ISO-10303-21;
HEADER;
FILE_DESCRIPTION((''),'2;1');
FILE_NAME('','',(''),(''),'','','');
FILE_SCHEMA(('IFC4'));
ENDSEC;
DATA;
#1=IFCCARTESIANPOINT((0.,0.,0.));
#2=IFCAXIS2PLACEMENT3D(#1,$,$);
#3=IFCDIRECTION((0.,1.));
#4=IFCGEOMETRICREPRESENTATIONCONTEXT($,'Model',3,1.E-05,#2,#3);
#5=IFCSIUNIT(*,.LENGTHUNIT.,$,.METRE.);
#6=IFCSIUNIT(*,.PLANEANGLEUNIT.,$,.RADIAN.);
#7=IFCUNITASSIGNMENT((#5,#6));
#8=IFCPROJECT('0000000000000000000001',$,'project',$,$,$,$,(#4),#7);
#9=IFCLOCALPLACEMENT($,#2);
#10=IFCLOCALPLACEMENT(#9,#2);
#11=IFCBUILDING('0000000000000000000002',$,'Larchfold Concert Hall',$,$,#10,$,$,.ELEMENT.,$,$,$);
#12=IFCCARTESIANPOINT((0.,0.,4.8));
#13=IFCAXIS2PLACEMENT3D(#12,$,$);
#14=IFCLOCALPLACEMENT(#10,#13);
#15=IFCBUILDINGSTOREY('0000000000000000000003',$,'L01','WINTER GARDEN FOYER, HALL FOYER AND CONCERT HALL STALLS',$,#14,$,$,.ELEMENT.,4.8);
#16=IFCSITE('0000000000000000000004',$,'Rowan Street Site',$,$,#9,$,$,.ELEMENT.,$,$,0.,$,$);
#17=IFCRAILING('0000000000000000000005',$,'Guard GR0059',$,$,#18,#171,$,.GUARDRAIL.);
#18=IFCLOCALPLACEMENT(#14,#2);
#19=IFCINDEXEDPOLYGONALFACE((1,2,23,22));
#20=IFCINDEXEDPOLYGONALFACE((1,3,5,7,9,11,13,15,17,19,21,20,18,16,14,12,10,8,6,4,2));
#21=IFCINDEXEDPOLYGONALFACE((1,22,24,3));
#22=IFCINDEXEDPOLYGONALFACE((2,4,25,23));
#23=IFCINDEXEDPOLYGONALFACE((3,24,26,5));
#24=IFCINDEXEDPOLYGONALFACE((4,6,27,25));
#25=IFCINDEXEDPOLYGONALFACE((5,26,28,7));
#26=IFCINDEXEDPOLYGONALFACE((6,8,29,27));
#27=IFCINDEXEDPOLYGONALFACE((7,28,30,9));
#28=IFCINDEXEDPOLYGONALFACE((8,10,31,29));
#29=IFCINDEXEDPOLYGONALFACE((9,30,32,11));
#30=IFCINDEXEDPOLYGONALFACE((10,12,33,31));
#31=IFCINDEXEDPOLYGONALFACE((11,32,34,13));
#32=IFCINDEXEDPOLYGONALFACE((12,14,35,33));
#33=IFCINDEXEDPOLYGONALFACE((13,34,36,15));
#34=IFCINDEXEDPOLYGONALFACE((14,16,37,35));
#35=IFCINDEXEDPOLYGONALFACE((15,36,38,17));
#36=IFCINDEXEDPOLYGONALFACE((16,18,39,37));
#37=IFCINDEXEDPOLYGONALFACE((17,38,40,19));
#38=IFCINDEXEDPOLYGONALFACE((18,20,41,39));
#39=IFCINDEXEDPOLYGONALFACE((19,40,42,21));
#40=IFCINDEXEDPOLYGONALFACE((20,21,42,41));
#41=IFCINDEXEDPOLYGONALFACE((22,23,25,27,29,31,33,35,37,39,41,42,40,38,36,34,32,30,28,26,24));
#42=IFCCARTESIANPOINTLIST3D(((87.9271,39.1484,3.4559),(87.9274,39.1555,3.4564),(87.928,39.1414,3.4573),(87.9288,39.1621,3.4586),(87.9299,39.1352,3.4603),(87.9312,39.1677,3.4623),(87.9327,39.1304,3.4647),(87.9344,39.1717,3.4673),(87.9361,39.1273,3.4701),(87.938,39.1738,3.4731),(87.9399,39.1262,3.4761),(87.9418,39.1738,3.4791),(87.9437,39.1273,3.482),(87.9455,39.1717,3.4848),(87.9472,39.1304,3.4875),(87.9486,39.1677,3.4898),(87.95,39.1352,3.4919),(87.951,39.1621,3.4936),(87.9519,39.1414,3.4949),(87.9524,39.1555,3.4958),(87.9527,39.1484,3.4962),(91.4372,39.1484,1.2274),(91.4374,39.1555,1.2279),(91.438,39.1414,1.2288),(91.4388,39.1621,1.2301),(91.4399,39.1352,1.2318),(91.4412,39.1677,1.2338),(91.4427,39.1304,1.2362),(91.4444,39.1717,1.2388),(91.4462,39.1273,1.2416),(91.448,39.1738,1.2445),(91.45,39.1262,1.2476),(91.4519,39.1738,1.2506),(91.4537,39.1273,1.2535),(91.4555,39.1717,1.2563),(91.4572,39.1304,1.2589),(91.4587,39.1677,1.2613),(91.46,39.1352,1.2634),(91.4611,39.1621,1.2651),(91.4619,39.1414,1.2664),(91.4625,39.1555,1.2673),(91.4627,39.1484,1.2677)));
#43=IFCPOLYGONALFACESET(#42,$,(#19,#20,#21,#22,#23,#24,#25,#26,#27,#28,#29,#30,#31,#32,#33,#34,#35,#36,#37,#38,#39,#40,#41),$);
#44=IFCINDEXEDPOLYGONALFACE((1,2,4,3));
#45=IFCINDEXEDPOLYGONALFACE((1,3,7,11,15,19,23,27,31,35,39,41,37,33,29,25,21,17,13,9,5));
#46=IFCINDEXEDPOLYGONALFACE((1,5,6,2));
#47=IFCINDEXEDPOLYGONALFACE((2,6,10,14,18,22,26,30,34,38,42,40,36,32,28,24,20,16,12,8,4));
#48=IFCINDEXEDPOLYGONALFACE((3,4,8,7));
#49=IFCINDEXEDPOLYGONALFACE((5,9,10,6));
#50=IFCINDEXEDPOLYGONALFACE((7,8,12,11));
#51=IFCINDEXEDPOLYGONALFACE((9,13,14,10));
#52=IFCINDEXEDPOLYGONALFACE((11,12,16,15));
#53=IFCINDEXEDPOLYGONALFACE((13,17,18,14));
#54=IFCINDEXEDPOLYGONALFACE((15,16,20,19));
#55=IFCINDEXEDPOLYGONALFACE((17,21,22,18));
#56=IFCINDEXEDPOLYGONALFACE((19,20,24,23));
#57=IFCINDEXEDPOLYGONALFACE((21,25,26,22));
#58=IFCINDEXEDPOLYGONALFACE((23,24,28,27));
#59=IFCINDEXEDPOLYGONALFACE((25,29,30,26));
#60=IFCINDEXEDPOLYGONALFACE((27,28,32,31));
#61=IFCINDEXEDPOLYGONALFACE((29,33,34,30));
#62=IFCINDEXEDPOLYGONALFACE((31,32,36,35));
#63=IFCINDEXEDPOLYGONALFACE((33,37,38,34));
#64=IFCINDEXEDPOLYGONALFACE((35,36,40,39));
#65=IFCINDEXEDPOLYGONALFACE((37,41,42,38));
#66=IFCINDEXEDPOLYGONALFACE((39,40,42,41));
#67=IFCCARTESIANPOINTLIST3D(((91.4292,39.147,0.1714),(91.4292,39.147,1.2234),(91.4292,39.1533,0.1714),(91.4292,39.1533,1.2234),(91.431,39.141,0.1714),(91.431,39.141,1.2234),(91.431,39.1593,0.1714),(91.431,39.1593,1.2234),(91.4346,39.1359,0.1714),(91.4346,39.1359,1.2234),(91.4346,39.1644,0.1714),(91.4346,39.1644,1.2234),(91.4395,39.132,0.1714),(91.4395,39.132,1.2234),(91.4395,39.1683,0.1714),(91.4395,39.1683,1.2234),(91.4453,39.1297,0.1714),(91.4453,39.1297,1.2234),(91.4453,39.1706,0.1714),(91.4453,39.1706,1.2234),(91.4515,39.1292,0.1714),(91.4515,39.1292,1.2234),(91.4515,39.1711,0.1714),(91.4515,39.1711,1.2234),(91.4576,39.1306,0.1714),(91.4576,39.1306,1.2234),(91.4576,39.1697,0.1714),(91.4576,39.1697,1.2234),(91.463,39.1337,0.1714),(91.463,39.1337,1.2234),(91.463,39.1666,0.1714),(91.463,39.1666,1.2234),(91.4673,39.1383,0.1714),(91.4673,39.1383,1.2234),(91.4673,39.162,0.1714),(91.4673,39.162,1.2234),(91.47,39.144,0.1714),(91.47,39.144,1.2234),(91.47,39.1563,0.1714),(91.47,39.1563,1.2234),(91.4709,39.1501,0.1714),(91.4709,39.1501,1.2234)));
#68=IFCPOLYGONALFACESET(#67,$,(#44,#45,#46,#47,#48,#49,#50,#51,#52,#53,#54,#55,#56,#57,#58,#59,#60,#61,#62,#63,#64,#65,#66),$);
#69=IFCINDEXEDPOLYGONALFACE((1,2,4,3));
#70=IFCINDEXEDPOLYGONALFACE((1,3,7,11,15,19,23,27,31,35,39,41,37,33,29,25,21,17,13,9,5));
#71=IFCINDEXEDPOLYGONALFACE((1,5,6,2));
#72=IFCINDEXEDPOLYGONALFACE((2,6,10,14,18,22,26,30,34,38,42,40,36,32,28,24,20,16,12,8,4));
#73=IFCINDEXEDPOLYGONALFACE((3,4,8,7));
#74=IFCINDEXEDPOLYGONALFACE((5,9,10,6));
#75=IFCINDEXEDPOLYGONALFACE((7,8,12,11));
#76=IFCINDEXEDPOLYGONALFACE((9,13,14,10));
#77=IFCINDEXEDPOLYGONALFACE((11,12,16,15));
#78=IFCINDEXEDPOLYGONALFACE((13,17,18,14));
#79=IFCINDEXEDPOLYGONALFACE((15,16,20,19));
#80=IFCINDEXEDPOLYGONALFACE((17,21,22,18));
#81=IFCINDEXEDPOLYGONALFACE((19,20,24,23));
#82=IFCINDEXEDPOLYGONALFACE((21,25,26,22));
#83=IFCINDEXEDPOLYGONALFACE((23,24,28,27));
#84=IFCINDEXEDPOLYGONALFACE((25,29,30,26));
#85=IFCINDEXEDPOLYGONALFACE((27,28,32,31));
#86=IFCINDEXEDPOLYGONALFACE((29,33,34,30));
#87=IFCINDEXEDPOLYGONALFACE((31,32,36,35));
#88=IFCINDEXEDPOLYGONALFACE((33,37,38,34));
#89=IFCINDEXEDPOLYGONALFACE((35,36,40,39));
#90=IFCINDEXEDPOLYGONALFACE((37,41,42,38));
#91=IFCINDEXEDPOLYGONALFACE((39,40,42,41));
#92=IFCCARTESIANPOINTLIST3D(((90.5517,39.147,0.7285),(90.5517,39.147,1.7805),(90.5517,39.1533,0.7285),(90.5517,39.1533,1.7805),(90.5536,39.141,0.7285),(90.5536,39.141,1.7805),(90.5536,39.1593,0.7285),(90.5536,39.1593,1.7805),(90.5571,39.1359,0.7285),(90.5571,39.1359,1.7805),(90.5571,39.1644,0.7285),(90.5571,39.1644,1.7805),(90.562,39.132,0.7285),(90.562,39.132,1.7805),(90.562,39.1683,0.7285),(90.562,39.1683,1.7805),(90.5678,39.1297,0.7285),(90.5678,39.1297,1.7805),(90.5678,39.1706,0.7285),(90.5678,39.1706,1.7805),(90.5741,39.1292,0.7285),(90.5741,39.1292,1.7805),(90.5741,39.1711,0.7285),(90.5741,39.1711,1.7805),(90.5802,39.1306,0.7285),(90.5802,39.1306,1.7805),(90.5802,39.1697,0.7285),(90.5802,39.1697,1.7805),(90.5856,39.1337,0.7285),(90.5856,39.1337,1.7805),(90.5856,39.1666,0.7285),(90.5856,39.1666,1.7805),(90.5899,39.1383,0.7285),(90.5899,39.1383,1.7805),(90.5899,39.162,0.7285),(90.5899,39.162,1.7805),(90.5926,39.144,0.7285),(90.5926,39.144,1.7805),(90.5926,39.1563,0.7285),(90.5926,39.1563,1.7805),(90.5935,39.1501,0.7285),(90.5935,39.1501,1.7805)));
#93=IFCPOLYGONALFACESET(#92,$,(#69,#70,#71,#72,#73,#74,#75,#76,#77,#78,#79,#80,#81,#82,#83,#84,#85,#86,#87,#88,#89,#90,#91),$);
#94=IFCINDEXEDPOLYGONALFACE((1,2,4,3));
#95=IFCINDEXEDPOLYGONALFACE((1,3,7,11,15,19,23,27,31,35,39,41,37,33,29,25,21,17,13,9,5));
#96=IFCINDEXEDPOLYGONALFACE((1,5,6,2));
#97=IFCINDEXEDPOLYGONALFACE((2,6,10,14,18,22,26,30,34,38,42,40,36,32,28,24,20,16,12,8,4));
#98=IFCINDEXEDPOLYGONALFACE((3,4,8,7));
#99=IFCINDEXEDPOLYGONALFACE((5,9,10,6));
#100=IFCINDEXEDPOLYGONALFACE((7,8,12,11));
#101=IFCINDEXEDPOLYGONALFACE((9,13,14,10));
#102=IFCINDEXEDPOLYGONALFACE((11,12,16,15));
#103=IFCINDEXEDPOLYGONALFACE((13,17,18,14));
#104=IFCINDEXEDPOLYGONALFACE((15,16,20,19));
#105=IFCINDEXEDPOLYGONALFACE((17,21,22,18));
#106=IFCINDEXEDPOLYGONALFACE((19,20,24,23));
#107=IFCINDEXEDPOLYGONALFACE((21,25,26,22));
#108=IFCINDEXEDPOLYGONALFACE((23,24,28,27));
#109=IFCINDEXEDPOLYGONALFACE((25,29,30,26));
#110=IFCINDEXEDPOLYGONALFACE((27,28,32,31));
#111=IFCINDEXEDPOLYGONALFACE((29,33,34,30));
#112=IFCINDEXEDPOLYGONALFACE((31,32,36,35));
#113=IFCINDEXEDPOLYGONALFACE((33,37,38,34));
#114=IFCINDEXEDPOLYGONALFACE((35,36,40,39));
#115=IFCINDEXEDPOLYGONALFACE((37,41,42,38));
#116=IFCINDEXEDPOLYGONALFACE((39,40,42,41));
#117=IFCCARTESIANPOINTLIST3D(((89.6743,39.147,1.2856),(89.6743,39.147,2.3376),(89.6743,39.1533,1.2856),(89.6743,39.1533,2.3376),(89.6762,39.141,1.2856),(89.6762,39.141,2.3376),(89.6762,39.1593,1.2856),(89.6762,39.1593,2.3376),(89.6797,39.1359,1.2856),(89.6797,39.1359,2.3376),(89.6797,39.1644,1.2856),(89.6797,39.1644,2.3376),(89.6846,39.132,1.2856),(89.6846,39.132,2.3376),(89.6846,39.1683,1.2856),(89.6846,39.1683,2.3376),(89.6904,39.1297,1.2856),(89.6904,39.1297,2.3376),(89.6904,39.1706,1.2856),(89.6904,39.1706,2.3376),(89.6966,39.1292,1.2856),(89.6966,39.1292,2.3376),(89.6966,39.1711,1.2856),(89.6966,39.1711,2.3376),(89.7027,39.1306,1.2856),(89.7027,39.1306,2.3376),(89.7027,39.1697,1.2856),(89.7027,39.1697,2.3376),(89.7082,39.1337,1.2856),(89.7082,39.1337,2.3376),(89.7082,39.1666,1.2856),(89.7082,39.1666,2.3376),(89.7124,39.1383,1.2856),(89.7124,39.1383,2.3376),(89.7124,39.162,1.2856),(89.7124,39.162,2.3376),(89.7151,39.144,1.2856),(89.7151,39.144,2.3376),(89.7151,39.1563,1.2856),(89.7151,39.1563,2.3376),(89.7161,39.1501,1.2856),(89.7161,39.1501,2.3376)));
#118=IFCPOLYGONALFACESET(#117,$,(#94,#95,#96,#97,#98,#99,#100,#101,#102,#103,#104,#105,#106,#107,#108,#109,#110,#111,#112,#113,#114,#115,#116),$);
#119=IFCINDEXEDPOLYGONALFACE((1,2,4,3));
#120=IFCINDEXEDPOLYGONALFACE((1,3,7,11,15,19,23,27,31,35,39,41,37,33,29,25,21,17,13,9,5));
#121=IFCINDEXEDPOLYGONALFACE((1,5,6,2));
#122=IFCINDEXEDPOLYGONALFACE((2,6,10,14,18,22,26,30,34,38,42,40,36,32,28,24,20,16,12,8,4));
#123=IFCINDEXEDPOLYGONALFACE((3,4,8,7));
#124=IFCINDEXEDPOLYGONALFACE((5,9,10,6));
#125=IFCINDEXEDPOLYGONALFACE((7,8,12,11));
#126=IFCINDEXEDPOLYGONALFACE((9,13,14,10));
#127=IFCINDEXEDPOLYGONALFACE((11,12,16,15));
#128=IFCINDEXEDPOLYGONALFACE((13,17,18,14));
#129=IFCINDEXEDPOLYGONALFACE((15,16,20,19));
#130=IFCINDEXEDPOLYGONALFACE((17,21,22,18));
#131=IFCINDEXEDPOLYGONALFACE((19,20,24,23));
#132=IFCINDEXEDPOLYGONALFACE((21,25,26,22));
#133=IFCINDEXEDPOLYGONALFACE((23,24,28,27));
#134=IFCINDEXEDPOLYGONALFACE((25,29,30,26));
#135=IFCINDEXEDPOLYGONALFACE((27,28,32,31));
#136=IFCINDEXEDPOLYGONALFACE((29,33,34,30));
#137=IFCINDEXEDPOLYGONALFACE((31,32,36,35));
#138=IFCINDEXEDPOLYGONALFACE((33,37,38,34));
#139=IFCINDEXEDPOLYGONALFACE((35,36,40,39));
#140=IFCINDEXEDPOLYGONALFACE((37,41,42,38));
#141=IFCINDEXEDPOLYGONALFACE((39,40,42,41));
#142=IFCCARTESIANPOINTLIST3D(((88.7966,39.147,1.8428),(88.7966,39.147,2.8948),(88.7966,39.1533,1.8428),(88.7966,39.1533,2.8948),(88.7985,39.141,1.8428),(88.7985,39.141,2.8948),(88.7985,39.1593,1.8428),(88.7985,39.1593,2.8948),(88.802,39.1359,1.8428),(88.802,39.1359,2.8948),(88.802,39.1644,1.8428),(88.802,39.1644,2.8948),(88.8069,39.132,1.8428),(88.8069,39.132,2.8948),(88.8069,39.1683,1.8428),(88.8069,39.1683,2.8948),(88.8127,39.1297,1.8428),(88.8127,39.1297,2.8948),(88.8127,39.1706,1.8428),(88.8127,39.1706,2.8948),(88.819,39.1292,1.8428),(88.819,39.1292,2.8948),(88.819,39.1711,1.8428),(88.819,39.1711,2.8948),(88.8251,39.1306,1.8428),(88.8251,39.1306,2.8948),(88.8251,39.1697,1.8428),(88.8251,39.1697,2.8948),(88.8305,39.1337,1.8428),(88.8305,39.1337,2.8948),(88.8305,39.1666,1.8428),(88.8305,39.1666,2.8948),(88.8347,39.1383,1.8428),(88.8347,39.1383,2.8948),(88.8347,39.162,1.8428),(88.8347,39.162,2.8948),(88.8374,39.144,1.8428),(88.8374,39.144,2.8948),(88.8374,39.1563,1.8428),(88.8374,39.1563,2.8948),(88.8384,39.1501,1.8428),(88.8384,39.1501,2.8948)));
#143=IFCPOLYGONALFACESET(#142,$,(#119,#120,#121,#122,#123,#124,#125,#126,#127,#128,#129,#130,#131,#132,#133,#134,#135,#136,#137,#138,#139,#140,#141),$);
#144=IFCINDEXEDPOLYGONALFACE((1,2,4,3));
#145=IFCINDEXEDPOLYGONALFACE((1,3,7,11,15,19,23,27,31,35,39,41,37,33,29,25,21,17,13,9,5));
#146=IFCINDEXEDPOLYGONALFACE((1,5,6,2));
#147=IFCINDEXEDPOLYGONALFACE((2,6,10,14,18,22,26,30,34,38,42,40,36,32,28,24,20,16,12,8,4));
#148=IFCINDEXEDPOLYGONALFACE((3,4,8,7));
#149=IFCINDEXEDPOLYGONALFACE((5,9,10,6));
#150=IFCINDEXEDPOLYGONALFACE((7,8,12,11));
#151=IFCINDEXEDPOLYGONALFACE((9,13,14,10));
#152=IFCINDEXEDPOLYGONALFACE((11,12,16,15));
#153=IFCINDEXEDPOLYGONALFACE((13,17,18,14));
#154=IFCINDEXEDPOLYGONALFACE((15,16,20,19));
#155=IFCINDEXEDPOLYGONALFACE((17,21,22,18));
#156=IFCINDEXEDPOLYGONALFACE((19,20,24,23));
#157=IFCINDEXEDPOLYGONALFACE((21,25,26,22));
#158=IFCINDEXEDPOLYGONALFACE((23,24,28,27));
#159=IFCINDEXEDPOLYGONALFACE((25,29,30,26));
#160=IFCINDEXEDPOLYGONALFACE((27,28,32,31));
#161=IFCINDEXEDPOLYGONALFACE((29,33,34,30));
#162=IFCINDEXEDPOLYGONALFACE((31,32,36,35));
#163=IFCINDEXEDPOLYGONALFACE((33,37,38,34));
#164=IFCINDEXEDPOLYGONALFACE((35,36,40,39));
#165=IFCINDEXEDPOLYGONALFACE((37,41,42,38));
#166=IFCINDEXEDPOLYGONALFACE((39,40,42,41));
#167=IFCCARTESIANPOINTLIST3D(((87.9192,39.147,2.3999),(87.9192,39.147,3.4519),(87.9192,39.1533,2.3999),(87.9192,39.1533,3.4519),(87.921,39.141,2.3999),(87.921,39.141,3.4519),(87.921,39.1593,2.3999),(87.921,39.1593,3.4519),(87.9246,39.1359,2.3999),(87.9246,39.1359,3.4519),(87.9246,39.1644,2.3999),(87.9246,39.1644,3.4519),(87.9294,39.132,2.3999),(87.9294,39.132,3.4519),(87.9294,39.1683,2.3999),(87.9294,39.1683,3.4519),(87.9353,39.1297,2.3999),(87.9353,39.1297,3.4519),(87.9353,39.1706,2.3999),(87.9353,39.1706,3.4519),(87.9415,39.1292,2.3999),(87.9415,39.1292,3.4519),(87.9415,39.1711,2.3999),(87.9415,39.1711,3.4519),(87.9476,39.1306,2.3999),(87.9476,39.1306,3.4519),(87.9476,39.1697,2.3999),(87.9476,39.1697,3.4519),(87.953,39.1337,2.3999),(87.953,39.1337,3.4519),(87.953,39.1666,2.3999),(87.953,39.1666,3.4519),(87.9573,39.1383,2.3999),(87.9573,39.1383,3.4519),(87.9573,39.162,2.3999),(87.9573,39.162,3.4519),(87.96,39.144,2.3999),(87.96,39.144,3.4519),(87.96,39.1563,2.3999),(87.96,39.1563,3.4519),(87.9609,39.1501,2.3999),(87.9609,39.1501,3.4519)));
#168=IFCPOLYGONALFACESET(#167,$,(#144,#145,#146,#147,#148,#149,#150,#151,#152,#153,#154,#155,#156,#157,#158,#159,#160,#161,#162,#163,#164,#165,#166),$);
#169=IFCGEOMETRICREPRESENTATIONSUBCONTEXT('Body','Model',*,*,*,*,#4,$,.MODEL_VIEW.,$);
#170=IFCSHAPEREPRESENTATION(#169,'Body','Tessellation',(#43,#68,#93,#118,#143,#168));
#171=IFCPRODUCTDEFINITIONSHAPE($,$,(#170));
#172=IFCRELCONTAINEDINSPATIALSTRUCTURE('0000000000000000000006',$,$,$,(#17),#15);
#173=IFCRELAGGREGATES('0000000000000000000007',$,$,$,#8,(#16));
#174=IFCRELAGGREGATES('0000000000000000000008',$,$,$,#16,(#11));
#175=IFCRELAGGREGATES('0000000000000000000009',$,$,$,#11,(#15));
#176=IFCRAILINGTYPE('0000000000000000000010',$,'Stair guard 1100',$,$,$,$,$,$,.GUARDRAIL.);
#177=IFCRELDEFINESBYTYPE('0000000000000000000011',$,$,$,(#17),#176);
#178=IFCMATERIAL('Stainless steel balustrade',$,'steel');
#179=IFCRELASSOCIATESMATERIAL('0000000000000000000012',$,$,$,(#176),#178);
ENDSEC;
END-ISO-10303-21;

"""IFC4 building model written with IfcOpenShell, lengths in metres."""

from ifc_helpers import new_model, si_unit, direction, frame, origin, origin_2d, place, context, subcontext, project, spatial, circle, extrude, material, type_object, element, save


model = new_model("IFC4")

# Units and contexts
model_context = context("Model", 3, precision=1e-05, world=origin(), true_north=direction((0.0, 1.0)))
body_context = subcontext(model_context, "Body", "Model", "MODEL_VIEW")
ifc_project = project(units=[si_unit("LENGTHUNIT", "METRE"), si_unit("PLANEANGLEUNIT", "RADIAN")], contexts=[model_context])

# Site, building, storey
site_placement = place(None, origin())
site = spatial("IfcSite", under=ifc_project, at=site_placement, Name="Rowan Street Site", CompositionType="ELEMENT", RefElevation=0.0)
building_placement = place(site_placement, origin())
building = spatial("IfcBuilding", under=site, at=building_placement, Name="Larchfold Concert Hall", CompositionType="ELEMENT")
storey_placement = place(building_placement, frame((0.0, 0.0, 4.8)))
storey = spatial("IfcBuildingStorey", under=building, at=storey_placement, Name="L01", Description="WINTER GARDEN FOYER, HALL FOYER AND CONCERT HALL STALLS", CompositionType="ELEMENT", Elevation=4.8)

# Railing
ifc_material_1 = material(Name="Stainless steel balustrade", Category="steel")
railing_type_1 = type_object("IfcRailingType", Name="Stair guard 1100", PredefinedType="GUARDRAIL", material=ifc_material_1)
railing_1_placement = place(storey_placement, frame((91.45, 39.1501, 0.1714)))
element("IfcRailing", 1, at=railing_1_placement, inside=storey, type_object=railing_type_1, Name="Guard GR0059", PredefinedType="GUARDRAIL", context=body_context, shape_type="SweptSolid", body=[
    extrude(circle(Radius=0.0239, at=origin_2d()), frame((0.0, 0.0, 1.0762), z_axis=(-0.84422, 0.0, 0.535998), x_axis=(0.0, -1.0, 0.0)), (0.0, 0.0, 1.0), 4.1577),
    extrude(circle(Radius=0.021, at=origin_2d()), origin(), (0.0, 0.0, 1.0), 1.052),
    extrude(circle(Radius=0.021, at=origin_2d()), frame((-0.8774, 0.0, 0.5571)), (0.0, 0.0, 1.0), 1.052),
    extrude(circle(Radius=0.021, at=origin_2d()), frame((-1.7549, 0.0, 1.1143)), (0.0, 0.0, 1.0), 1.052),
    extrude(circle(Radius=0.021, at=origin_2d()), frame((-2.6326, 0.0, 1.6714)), (0.0, 0.0, 1.0), 1.052),
    extrude(circle(Radius=0.021, at=origin_2d()), frame((-3.51, 0.0, 2.2285)), (0.0, 0.0, 1.0), 1.052),
])

save(model, "model.ifc")
